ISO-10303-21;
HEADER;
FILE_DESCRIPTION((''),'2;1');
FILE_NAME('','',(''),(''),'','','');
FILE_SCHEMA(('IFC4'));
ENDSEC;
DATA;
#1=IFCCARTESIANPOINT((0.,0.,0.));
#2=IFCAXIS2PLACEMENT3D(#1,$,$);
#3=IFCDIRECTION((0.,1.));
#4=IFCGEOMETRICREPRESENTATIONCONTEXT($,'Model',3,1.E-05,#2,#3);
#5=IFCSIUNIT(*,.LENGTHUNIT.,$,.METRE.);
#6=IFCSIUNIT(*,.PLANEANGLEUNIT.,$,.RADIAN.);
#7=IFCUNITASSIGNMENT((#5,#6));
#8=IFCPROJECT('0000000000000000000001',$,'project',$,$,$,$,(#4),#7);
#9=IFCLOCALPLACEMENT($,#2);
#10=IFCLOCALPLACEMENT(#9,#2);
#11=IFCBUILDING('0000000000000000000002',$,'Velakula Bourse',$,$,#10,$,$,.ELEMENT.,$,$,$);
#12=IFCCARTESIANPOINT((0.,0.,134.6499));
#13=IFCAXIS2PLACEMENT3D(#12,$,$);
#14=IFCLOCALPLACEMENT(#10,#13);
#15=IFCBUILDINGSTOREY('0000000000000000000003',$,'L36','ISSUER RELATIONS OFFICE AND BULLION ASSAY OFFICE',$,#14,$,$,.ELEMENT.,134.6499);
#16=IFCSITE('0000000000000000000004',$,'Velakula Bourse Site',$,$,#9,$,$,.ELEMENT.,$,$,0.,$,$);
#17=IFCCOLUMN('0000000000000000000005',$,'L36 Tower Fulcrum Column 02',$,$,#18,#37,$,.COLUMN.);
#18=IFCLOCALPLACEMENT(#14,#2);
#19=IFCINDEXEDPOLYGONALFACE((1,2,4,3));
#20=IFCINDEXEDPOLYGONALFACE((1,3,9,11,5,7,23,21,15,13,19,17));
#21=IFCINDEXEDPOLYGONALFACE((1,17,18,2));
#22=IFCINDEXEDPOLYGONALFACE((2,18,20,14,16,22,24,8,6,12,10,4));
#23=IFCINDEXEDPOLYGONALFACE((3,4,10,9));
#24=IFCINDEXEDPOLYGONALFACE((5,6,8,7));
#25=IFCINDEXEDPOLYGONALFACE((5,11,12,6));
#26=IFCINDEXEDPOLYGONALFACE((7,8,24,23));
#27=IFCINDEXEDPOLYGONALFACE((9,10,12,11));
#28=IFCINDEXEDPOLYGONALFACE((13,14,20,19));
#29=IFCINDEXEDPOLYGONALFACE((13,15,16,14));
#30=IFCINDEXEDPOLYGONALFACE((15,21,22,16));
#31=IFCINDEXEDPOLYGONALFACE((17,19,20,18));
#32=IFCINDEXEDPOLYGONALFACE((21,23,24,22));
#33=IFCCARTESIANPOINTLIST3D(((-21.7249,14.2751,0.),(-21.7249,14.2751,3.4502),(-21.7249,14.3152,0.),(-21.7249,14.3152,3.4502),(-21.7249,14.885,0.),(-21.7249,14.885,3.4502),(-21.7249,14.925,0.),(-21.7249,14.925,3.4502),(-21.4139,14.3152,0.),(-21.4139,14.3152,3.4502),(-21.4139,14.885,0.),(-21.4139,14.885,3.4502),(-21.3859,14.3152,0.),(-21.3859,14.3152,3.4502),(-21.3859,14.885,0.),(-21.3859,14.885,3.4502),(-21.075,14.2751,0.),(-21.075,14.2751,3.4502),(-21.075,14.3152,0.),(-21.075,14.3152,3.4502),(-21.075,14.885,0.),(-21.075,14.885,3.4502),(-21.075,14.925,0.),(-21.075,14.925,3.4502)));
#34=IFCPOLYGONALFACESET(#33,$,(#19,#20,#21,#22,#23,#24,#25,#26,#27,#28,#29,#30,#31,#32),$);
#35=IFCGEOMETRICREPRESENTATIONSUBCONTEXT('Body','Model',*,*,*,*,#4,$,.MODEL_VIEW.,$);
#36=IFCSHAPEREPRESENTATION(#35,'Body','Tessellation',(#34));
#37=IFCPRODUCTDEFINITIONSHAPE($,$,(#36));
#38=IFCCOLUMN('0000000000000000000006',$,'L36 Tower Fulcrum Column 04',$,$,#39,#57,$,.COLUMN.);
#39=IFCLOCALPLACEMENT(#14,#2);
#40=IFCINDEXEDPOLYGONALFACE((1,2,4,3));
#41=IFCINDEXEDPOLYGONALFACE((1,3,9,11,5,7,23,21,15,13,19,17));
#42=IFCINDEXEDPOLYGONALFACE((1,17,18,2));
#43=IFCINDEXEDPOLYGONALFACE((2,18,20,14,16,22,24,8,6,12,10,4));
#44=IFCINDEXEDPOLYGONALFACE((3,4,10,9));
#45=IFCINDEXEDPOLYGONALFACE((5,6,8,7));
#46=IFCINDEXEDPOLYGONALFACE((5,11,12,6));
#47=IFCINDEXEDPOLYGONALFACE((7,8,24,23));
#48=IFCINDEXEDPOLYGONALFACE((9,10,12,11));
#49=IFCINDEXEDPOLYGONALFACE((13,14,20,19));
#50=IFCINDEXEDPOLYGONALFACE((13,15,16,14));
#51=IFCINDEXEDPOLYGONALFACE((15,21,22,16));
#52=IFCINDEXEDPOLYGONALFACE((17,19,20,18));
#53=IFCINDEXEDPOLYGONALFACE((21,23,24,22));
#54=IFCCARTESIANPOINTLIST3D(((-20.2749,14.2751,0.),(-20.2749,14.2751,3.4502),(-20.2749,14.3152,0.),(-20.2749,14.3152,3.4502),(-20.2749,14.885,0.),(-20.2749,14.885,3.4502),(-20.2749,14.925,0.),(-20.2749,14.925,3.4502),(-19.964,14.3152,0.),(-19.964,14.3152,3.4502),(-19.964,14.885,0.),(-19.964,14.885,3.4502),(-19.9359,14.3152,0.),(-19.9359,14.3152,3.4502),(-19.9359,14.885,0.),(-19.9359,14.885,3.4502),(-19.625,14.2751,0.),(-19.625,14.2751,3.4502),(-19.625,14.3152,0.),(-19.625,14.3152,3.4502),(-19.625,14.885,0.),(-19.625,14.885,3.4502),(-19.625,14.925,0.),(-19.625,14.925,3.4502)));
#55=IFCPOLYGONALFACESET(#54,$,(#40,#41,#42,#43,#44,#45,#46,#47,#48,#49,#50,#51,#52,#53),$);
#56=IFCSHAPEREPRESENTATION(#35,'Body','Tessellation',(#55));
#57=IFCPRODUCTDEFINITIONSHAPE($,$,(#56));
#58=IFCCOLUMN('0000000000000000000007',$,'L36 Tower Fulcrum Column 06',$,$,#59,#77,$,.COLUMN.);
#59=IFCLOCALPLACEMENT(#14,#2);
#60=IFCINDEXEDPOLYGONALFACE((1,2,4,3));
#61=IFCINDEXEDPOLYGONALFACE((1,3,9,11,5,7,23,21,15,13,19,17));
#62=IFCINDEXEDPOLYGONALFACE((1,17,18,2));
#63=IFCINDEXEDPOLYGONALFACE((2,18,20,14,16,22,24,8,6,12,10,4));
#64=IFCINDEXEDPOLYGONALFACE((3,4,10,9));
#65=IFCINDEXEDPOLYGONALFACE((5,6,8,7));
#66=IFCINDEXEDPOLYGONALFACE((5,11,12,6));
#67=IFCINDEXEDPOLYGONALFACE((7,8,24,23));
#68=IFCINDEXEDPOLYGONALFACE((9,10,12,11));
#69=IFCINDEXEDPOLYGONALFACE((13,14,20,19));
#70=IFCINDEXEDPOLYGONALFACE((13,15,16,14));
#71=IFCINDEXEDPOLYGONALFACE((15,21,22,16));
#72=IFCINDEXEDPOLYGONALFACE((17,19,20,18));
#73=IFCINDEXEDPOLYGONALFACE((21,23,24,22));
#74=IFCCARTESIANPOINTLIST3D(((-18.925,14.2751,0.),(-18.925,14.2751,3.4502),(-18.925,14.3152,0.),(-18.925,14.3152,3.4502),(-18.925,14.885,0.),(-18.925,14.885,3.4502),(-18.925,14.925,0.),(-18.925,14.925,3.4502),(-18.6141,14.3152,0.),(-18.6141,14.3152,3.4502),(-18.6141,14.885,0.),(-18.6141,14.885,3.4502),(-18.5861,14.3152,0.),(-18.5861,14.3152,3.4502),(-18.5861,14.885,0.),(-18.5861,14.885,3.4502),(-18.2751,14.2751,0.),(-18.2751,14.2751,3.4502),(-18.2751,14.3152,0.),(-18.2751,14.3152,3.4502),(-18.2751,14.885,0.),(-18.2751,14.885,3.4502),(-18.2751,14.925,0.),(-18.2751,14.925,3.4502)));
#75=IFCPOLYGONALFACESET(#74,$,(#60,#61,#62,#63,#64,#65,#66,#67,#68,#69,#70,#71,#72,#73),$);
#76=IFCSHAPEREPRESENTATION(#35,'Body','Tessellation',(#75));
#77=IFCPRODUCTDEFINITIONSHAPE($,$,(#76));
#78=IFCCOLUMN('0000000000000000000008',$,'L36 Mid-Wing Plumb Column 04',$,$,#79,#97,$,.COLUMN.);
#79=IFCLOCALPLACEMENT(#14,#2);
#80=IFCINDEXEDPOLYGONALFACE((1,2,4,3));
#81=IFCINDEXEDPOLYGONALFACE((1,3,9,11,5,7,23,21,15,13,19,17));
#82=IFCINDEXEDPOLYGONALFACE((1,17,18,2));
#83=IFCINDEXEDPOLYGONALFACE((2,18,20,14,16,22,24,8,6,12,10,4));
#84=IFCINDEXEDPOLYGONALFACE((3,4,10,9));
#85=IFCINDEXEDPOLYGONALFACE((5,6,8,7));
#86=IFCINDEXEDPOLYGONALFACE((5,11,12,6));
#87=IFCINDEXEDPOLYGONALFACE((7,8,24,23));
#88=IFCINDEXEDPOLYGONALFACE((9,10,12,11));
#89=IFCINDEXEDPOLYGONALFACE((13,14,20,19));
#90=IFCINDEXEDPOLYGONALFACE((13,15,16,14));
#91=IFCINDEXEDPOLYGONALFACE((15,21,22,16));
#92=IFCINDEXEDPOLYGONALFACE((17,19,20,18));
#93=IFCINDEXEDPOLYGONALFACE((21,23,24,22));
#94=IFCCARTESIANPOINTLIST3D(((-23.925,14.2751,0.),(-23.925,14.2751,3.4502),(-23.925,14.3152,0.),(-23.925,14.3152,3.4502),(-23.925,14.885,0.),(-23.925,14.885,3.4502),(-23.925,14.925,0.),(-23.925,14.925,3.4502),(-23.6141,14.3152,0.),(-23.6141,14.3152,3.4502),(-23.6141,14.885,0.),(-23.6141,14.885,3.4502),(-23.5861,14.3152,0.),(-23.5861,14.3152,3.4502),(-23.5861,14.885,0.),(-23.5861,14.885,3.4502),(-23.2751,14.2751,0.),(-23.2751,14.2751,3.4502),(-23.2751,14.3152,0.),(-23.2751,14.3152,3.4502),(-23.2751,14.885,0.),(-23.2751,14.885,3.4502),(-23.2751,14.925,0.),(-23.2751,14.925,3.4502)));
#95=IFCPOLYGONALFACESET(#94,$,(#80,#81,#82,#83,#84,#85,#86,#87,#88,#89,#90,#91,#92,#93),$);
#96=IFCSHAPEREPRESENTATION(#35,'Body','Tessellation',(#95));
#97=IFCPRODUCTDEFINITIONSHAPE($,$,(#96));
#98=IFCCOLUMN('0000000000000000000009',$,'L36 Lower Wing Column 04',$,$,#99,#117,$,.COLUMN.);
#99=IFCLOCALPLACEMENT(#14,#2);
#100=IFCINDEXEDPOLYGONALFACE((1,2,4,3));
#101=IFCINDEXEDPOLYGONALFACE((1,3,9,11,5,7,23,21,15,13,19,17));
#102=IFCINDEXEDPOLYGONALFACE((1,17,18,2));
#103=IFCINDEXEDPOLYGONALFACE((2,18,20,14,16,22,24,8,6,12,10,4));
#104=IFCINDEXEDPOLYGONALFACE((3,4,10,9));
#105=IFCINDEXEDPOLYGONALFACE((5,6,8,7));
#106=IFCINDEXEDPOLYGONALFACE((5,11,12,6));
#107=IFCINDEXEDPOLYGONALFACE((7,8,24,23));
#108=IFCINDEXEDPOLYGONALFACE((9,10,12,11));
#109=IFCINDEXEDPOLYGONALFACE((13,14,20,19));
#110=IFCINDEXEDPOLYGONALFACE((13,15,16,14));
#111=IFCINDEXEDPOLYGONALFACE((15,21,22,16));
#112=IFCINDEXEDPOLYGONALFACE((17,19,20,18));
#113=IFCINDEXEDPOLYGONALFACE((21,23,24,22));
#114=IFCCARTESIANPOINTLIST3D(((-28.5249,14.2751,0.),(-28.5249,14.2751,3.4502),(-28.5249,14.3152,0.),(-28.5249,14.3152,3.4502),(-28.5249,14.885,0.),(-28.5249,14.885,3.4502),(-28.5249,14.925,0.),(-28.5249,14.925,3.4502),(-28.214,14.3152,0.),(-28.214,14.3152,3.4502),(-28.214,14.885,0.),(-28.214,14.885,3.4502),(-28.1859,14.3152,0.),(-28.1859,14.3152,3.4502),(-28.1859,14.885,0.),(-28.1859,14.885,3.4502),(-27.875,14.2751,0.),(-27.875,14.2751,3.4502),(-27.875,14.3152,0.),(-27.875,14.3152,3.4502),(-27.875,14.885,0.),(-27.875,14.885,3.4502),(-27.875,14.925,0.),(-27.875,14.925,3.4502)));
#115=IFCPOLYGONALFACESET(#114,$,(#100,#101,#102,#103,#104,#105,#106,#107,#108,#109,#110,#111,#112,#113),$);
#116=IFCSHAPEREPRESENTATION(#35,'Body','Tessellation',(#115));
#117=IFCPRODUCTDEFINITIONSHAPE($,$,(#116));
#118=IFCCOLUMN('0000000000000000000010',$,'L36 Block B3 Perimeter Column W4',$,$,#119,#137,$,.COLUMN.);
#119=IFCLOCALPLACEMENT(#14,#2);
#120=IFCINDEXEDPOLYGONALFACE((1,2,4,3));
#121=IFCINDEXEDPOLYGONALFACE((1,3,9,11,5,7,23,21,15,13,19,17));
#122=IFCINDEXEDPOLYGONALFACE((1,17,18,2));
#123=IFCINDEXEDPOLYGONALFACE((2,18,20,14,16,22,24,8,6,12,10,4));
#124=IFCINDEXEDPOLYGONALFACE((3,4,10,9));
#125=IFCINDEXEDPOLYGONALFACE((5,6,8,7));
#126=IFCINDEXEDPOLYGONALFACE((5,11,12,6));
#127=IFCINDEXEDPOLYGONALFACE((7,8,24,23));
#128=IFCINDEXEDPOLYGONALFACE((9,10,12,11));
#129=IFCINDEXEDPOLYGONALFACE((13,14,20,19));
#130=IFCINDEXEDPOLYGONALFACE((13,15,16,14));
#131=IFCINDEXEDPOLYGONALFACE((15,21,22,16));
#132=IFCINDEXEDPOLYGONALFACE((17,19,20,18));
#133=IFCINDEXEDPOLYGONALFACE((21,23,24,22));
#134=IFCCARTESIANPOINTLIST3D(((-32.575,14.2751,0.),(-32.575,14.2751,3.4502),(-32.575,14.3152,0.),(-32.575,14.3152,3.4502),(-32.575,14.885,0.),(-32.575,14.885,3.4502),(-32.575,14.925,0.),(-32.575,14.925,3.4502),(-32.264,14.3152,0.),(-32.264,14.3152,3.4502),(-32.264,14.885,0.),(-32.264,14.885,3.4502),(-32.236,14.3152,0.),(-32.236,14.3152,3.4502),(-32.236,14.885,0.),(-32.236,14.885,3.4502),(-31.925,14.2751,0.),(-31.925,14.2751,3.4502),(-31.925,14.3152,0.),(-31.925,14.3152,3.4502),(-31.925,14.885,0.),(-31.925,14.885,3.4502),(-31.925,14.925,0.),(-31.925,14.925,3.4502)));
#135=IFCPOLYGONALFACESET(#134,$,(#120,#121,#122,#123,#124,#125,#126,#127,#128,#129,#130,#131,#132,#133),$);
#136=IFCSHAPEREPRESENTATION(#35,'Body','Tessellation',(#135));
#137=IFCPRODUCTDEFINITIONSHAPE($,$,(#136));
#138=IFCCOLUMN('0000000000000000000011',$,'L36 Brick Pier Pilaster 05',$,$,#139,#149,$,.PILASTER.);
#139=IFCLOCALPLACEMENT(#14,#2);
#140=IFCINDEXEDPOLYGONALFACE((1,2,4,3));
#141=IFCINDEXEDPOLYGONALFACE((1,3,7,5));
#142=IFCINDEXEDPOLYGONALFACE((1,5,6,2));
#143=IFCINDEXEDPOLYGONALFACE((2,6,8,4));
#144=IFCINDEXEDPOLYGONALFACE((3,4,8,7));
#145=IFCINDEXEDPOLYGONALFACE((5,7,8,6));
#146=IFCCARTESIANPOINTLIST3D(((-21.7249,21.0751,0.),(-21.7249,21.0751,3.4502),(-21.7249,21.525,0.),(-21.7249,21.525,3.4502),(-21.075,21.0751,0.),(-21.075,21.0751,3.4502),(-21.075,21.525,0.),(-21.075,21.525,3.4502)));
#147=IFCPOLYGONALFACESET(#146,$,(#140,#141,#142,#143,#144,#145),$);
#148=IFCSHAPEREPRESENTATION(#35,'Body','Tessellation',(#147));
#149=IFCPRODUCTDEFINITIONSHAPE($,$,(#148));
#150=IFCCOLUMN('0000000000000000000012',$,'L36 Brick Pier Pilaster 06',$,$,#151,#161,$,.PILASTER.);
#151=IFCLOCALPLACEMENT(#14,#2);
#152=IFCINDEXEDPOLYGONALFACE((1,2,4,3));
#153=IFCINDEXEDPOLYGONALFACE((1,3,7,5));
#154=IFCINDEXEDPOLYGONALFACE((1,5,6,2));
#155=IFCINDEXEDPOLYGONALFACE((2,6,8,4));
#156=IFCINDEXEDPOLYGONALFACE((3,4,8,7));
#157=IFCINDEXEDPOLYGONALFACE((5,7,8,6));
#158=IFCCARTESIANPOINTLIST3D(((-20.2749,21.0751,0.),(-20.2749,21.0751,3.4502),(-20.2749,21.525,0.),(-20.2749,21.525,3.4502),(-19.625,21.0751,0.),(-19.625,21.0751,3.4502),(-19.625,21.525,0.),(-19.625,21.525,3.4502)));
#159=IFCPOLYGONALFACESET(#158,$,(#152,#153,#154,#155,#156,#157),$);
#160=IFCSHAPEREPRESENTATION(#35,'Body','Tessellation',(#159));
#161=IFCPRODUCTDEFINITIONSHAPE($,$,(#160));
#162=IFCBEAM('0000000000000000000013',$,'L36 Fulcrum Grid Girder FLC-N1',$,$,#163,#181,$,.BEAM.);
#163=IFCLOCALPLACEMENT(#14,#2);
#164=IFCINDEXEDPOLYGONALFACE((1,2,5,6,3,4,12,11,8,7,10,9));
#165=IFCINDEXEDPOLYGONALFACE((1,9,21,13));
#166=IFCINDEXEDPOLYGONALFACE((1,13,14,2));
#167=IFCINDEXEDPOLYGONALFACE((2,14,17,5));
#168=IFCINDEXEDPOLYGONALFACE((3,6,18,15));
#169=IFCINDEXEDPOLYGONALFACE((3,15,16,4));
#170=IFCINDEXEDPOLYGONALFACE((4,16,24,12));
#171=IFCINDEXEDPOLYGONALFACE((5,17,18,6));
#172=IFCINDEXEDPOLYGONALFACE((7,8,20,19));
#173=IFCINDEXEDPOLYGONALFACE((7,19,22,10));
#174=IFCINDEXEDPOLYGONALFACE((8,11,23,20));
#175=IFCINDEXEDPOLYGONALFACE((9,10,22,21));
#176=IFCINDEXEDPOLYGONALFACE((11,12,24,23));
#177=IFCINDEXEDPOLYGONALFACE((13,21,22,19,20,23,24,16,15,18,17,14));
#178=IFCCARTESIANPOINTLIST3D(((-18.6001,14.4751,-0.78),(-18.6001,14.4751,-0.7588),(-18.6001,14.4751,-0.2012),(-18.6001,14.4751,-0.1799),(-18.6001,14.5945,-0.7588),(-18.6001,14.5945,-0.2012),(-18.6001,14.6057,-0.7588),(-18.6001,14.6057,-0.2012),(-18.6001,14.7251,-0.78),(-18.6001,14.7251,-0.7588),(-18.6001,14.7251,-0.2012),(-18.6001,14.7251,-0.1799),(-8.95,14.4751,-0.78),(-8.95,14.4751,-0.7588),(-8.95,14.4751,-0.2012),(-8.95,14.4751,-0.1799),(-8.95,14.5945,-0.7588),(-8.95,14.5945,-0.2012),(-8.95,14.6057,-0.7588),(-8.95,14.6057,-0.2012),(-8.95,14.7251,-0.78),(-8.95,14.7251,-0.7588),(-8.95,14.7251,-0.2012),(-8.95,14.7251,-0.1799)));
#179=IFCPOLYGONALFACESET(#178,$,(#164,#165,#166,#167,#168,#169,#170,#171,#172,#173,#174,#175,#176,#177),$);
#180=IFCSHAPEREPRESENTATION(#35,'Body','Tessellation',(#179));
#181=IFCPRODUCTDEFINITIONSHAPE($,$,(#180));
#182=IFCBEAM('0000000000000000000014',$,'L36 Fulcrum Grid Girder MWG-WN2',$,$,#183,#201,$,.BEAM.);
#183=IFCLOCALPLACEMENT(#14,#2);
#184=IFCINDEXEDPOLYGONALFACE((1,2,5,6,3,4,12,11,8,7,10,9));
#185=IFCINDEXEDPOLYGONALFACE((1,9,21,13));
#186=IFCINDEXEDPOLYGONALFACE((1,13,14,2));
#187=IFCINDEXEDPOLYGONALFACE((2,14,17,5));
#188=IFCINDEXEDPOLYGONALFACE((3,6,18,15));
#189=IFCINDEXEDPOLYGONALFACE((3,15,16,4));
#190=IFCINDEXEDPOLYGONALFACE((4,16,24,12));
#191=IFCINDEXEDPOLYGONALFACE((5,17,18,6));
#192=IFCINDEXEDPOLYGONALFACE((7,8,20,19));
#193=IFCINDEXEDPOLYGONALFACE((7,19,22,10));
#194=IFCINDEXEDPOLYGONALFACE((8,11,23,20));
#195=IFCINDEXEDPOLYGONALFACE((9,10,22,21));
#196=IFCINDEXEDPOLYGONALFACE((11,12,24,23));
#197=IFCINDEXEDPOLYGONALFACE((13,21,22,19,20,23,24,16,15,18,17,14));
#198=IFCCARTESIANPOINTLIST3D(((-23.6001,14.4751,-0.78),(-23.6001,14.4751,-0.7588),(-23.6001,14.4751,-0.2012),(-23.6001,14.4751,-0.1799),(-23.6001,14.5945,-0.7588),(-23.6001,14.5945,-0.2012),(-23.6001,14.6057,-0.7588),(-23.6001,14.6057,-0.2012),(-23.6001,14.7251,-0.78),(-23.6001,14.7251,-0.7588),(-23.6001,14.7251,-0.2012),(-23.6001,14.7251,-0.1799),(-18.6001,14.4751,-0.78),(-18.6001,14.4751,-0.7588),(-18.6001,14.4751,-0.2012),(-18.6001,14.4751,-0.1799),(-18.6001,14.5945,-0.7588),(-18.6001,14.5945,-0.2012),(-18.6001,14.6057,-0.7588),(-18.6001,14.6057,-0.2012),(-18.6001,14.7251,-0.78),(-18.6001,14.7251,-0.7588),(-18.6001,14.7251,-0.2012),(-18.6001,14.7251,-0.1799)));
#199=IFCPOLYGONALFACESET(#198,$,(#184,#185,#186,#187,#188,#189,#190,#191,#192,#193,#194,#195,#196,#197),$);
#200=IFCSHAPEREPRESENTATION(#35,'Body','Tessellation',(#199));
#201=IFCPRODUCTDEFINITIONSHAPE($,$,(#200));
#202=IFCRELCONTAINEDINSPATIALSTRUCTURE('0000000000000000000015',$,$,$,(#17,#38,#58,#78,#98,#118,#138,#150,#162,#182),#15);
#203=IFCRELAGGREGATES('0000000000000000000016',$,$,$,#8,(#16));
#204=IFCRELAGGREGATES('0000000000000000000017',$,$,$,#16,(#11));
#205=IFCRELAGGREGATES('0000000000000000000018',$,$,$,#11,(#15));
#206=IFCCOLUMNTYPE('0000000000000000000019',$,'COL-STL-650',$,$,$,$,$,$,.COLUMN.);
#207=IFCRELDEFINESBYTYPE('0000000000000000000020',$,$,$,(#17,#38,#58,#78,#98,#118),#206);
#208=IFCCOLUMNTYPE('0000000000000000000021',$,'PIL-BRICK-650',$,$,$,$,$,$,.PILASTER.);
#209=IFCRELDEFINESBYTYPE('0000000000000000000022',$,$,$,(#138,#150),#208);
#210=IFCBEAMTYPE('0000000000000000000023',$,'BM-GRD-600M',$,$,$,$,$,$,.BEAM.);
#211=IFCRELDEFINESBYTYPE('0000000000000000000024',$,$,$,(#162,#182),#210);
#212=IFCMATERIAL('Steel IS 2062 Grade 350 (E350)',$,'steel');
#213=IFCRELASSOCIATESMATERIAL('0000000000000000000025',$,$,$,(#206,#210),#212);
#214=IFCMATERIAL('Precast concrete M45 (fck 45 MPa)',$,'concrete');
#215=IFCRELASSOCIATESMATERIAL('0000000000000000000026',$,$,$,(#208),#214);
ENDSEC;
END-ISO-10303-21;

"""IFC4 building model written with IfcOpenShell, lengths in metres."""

from ifc_helpers import new_model, si_unit, direction, frame, origin, origin_2d, place, context, subcontext, project, spatial, rectangle, i_section, extrude, material, material_profile, profile_set, type_object, element, save


model = new_model("IFC4")

# Units and contexts
model_context = context("Model", 3, precision=1e-05, world=origin(), true_north=direction((0.0, 1.0)))
body_context = subcontext(model_context, "Body", "Model", "MODEL_VIEW")
ifc_project = project(units=[si_unit("LENGTHUNIT", "METRE"), si_unit("PLANEANGLEUNIT", "RADIAN")], contexts=[model_context])

# Site, building, storey
site_placement = place(None, origin())
site = spatial("IfcSite", under=ifc_project, at=site_placement, Name="Velakula Bourse Site", CompositionType="ELEMENT", RefElevation=0.0)
building_placement = place(site_placement, origin())
building = spatial("IfcBuilding", under=site, at=building_placement, Name="Velakula Bourse", CompositionType="ELEMENT")
storey_placement = place(building_placement, frame((0.0, 0.0, 134.6499)))
storey = spatial("IfcBuildingStorey", under=building, at=storey_placement, Name="L36", Description="ISSUER RELATIONS OFFICE AND BULLION ASSAY OFFICE", CompositionType="ELEMENT", Elevation=134.6499)

# Columns
ifc_material_1 = material(Name="Steel IS 2062 Grade 350 (E350)", Category="steel")
ifc_material_profile_1 = material_profile(ifc_material_1, i_section(OverallWidth=0.6499, OverallDepth=0.6499, WebThickness=0.0281, FlangeThickness=0.04, at=origin_2d()), Name="Steel IS 2062 Grade 350 (E350)")
ifc_profile_set_1 = profile_set([ifc_material_profile_1], Name="Steel IS 2062 Grade 350 (E350)")
column_type_1 = type_object("IfcColumnType", Name="COL-STL-650", PredefinedType="COLUMN", material=ifc_profile_set_1)
for number, where, z_axis, x_axis, name in (
    (1, (-21.3999, 14.6001, 0.0), (0.0, 0.0, 1.0), (1.0, 0.0, 0.0), "L36 Tower Fulcrum Column 02"),
    (2, (-19.95, 14.6001, 0.0), (0.0, 0.0, 1.0), (1.0, 0.0, 0.0), "L36 Tower Fulcrum Column 04"),
    (3, (-18.6001, 14.6001, 0.0), (0.0, 0.0, 1.0), (1.0, 0.0, 0.0), "L36 Tower Fulcrum Column 06"),
    (4, (-23.6001, 14.6001, 0.0), (0.0, 0.0, 1.0), (1.0, 0.0, 0.0), "L36 Mid-Wing Plumb Column 04"),
    (5, (-28.2, 14.6001, 0.0), (0.0, 0.0, 1.0), (1.0, 0.0, 0.0), "L36 Lower Wing Column 04"),
    (6, (-32.25, 14.6001, 0.0), (0.0, 0.0, 1.0), (1.0, 0.0, 0.0), "L36 Block B3 Perimeter Column W4"),
):
    element("IfcColumn", number, at=place(storey_placement, frame(where, z_axis=z_axis, x_axis=x_axis)), inside=storey, type_object=column_type_1, Name=name, PredefinedType="COLUMN", context=body_context, shape_type="SweptSolid", body=[
        extrude(i_section(OverallWidth=0.6499, OverallDepth=0.6499, WebThickness=0.0281, FlangeThickness=0.04, at=origin_2d()), origin(), (0.0, 0.0, 1.0), 3.4502),
    ])
ifc_material_2 = material(Name="Precast concrete M45 (fck 45 MPa)", Category="concrete")
ifc_material_profile_2 = material_profile(ifc_material_2, rectangle(XDim=0.6499, YDim=0.45, at=origin_2d()), Name="Precast concrete M45 (fck 45 MPa)")
ifc_profile_set_2 = profile_set([ifc_material_profile_2], Name="Precast concrete M45 (fck 45 MPa)")
column_type_2 = type_object("IfcColumnType", Name="PIL-BRICK-650", PredefinedType="PILASTER", material=ifc_profile_set_2)
for number, where, z_axis, x_axis, name in (
    (7, (-21.3999, 21.3, 0.0), (0.0, 0.0, 1.0), (1.0, 0.0, 0.0), "L36 Brick Pier Pilaster 05"),
    (8, (-19.95, 21.3, 0.0), (0.0, 0.0, 1.0), (1.0, 0.0, 0.0), "L36 Brick Pier Pilaster 06"),
):
    element("IfcColumn", number, at=place(storey_placement, frame(where, z_axis=z_axis, x_axis=x_axis)), inside=storey, type_object=column_type_2, Name=name, PredefinedType="PILASTER", context=body_context, shape_type="SweptSolid", body=[
        extrude(rectangle(XDim=0.6499, YDim=0.45, at=origin_2d()), origin(), (0.0, 0.0, 1.0), 3.4502),
    ])

# Beams
ifc_material_profile_3 = material_profile(ifc_material_1, i_section(OverallWidth=0.25, OverallDepth=0.6001, WebThickness=0.0112, FlangeThickness=0.0212, at=origin_2d()), Name="Steel IS 2062 Grade 350 (E350)")
ifc_profile_set_3 = profile_set([ifc_material_profile_3], Name="Steel IS 2062 Grade 350 (E350)")
beam_type_1 = type_object("IfcBeamType", Name="BM-GRD-600M", PredefinedType="BEAM", material=ifc_profile_set_3)
beam_1_placement = place(storey_placement, frame((-18.6001, 14.6001, -0.48), z_axis=(1.0, 0.0, 0.0), x_axis=(0.0, 1.0, 0.0)))
element("IfcBeam", 9, at=beam_1_placement, inside=storey, type_object=beam_type_1, Name="L36 Fulcrum Grid Girder FLC-N1", PredefinedType="BEAM", context=body_context, shape_type="SweptSolid", body=[
    extrude(i_section(OverallWidth=0.25, OverallDepth=0.6001, WebThickness=0.0112, FlangeThickness=0.0212, at=origin_2d()), origin(), (0.0, 0.0, 1.0), 9.6501),
])
beam_2_placement = place(storey_placement, frame((-23.6001, 14.6001, -0.48), z_axis=(1.0, 0.0, 0.0), x_axis=(0.0, 1.0, 0.0)))
element("IfcBeam", 10, at=beam_2_placement, inside=storey, type_object=beam_type_1, Name="L36 Fulcrum Grid Girder MWG-WN2", PredefinedType="BEAM", context=body_context, shape_type="SweptSolid", body=[
    extrude(i_section(OverallWidth=0.25, OverallDepth=0.6001, WebThickness=0.0112, FlangeThickness=0.0212, at=origin_2d()), origin(), (0.0, 0.0, 1.0), 5.0),
])

save(model, "model.ifc")
